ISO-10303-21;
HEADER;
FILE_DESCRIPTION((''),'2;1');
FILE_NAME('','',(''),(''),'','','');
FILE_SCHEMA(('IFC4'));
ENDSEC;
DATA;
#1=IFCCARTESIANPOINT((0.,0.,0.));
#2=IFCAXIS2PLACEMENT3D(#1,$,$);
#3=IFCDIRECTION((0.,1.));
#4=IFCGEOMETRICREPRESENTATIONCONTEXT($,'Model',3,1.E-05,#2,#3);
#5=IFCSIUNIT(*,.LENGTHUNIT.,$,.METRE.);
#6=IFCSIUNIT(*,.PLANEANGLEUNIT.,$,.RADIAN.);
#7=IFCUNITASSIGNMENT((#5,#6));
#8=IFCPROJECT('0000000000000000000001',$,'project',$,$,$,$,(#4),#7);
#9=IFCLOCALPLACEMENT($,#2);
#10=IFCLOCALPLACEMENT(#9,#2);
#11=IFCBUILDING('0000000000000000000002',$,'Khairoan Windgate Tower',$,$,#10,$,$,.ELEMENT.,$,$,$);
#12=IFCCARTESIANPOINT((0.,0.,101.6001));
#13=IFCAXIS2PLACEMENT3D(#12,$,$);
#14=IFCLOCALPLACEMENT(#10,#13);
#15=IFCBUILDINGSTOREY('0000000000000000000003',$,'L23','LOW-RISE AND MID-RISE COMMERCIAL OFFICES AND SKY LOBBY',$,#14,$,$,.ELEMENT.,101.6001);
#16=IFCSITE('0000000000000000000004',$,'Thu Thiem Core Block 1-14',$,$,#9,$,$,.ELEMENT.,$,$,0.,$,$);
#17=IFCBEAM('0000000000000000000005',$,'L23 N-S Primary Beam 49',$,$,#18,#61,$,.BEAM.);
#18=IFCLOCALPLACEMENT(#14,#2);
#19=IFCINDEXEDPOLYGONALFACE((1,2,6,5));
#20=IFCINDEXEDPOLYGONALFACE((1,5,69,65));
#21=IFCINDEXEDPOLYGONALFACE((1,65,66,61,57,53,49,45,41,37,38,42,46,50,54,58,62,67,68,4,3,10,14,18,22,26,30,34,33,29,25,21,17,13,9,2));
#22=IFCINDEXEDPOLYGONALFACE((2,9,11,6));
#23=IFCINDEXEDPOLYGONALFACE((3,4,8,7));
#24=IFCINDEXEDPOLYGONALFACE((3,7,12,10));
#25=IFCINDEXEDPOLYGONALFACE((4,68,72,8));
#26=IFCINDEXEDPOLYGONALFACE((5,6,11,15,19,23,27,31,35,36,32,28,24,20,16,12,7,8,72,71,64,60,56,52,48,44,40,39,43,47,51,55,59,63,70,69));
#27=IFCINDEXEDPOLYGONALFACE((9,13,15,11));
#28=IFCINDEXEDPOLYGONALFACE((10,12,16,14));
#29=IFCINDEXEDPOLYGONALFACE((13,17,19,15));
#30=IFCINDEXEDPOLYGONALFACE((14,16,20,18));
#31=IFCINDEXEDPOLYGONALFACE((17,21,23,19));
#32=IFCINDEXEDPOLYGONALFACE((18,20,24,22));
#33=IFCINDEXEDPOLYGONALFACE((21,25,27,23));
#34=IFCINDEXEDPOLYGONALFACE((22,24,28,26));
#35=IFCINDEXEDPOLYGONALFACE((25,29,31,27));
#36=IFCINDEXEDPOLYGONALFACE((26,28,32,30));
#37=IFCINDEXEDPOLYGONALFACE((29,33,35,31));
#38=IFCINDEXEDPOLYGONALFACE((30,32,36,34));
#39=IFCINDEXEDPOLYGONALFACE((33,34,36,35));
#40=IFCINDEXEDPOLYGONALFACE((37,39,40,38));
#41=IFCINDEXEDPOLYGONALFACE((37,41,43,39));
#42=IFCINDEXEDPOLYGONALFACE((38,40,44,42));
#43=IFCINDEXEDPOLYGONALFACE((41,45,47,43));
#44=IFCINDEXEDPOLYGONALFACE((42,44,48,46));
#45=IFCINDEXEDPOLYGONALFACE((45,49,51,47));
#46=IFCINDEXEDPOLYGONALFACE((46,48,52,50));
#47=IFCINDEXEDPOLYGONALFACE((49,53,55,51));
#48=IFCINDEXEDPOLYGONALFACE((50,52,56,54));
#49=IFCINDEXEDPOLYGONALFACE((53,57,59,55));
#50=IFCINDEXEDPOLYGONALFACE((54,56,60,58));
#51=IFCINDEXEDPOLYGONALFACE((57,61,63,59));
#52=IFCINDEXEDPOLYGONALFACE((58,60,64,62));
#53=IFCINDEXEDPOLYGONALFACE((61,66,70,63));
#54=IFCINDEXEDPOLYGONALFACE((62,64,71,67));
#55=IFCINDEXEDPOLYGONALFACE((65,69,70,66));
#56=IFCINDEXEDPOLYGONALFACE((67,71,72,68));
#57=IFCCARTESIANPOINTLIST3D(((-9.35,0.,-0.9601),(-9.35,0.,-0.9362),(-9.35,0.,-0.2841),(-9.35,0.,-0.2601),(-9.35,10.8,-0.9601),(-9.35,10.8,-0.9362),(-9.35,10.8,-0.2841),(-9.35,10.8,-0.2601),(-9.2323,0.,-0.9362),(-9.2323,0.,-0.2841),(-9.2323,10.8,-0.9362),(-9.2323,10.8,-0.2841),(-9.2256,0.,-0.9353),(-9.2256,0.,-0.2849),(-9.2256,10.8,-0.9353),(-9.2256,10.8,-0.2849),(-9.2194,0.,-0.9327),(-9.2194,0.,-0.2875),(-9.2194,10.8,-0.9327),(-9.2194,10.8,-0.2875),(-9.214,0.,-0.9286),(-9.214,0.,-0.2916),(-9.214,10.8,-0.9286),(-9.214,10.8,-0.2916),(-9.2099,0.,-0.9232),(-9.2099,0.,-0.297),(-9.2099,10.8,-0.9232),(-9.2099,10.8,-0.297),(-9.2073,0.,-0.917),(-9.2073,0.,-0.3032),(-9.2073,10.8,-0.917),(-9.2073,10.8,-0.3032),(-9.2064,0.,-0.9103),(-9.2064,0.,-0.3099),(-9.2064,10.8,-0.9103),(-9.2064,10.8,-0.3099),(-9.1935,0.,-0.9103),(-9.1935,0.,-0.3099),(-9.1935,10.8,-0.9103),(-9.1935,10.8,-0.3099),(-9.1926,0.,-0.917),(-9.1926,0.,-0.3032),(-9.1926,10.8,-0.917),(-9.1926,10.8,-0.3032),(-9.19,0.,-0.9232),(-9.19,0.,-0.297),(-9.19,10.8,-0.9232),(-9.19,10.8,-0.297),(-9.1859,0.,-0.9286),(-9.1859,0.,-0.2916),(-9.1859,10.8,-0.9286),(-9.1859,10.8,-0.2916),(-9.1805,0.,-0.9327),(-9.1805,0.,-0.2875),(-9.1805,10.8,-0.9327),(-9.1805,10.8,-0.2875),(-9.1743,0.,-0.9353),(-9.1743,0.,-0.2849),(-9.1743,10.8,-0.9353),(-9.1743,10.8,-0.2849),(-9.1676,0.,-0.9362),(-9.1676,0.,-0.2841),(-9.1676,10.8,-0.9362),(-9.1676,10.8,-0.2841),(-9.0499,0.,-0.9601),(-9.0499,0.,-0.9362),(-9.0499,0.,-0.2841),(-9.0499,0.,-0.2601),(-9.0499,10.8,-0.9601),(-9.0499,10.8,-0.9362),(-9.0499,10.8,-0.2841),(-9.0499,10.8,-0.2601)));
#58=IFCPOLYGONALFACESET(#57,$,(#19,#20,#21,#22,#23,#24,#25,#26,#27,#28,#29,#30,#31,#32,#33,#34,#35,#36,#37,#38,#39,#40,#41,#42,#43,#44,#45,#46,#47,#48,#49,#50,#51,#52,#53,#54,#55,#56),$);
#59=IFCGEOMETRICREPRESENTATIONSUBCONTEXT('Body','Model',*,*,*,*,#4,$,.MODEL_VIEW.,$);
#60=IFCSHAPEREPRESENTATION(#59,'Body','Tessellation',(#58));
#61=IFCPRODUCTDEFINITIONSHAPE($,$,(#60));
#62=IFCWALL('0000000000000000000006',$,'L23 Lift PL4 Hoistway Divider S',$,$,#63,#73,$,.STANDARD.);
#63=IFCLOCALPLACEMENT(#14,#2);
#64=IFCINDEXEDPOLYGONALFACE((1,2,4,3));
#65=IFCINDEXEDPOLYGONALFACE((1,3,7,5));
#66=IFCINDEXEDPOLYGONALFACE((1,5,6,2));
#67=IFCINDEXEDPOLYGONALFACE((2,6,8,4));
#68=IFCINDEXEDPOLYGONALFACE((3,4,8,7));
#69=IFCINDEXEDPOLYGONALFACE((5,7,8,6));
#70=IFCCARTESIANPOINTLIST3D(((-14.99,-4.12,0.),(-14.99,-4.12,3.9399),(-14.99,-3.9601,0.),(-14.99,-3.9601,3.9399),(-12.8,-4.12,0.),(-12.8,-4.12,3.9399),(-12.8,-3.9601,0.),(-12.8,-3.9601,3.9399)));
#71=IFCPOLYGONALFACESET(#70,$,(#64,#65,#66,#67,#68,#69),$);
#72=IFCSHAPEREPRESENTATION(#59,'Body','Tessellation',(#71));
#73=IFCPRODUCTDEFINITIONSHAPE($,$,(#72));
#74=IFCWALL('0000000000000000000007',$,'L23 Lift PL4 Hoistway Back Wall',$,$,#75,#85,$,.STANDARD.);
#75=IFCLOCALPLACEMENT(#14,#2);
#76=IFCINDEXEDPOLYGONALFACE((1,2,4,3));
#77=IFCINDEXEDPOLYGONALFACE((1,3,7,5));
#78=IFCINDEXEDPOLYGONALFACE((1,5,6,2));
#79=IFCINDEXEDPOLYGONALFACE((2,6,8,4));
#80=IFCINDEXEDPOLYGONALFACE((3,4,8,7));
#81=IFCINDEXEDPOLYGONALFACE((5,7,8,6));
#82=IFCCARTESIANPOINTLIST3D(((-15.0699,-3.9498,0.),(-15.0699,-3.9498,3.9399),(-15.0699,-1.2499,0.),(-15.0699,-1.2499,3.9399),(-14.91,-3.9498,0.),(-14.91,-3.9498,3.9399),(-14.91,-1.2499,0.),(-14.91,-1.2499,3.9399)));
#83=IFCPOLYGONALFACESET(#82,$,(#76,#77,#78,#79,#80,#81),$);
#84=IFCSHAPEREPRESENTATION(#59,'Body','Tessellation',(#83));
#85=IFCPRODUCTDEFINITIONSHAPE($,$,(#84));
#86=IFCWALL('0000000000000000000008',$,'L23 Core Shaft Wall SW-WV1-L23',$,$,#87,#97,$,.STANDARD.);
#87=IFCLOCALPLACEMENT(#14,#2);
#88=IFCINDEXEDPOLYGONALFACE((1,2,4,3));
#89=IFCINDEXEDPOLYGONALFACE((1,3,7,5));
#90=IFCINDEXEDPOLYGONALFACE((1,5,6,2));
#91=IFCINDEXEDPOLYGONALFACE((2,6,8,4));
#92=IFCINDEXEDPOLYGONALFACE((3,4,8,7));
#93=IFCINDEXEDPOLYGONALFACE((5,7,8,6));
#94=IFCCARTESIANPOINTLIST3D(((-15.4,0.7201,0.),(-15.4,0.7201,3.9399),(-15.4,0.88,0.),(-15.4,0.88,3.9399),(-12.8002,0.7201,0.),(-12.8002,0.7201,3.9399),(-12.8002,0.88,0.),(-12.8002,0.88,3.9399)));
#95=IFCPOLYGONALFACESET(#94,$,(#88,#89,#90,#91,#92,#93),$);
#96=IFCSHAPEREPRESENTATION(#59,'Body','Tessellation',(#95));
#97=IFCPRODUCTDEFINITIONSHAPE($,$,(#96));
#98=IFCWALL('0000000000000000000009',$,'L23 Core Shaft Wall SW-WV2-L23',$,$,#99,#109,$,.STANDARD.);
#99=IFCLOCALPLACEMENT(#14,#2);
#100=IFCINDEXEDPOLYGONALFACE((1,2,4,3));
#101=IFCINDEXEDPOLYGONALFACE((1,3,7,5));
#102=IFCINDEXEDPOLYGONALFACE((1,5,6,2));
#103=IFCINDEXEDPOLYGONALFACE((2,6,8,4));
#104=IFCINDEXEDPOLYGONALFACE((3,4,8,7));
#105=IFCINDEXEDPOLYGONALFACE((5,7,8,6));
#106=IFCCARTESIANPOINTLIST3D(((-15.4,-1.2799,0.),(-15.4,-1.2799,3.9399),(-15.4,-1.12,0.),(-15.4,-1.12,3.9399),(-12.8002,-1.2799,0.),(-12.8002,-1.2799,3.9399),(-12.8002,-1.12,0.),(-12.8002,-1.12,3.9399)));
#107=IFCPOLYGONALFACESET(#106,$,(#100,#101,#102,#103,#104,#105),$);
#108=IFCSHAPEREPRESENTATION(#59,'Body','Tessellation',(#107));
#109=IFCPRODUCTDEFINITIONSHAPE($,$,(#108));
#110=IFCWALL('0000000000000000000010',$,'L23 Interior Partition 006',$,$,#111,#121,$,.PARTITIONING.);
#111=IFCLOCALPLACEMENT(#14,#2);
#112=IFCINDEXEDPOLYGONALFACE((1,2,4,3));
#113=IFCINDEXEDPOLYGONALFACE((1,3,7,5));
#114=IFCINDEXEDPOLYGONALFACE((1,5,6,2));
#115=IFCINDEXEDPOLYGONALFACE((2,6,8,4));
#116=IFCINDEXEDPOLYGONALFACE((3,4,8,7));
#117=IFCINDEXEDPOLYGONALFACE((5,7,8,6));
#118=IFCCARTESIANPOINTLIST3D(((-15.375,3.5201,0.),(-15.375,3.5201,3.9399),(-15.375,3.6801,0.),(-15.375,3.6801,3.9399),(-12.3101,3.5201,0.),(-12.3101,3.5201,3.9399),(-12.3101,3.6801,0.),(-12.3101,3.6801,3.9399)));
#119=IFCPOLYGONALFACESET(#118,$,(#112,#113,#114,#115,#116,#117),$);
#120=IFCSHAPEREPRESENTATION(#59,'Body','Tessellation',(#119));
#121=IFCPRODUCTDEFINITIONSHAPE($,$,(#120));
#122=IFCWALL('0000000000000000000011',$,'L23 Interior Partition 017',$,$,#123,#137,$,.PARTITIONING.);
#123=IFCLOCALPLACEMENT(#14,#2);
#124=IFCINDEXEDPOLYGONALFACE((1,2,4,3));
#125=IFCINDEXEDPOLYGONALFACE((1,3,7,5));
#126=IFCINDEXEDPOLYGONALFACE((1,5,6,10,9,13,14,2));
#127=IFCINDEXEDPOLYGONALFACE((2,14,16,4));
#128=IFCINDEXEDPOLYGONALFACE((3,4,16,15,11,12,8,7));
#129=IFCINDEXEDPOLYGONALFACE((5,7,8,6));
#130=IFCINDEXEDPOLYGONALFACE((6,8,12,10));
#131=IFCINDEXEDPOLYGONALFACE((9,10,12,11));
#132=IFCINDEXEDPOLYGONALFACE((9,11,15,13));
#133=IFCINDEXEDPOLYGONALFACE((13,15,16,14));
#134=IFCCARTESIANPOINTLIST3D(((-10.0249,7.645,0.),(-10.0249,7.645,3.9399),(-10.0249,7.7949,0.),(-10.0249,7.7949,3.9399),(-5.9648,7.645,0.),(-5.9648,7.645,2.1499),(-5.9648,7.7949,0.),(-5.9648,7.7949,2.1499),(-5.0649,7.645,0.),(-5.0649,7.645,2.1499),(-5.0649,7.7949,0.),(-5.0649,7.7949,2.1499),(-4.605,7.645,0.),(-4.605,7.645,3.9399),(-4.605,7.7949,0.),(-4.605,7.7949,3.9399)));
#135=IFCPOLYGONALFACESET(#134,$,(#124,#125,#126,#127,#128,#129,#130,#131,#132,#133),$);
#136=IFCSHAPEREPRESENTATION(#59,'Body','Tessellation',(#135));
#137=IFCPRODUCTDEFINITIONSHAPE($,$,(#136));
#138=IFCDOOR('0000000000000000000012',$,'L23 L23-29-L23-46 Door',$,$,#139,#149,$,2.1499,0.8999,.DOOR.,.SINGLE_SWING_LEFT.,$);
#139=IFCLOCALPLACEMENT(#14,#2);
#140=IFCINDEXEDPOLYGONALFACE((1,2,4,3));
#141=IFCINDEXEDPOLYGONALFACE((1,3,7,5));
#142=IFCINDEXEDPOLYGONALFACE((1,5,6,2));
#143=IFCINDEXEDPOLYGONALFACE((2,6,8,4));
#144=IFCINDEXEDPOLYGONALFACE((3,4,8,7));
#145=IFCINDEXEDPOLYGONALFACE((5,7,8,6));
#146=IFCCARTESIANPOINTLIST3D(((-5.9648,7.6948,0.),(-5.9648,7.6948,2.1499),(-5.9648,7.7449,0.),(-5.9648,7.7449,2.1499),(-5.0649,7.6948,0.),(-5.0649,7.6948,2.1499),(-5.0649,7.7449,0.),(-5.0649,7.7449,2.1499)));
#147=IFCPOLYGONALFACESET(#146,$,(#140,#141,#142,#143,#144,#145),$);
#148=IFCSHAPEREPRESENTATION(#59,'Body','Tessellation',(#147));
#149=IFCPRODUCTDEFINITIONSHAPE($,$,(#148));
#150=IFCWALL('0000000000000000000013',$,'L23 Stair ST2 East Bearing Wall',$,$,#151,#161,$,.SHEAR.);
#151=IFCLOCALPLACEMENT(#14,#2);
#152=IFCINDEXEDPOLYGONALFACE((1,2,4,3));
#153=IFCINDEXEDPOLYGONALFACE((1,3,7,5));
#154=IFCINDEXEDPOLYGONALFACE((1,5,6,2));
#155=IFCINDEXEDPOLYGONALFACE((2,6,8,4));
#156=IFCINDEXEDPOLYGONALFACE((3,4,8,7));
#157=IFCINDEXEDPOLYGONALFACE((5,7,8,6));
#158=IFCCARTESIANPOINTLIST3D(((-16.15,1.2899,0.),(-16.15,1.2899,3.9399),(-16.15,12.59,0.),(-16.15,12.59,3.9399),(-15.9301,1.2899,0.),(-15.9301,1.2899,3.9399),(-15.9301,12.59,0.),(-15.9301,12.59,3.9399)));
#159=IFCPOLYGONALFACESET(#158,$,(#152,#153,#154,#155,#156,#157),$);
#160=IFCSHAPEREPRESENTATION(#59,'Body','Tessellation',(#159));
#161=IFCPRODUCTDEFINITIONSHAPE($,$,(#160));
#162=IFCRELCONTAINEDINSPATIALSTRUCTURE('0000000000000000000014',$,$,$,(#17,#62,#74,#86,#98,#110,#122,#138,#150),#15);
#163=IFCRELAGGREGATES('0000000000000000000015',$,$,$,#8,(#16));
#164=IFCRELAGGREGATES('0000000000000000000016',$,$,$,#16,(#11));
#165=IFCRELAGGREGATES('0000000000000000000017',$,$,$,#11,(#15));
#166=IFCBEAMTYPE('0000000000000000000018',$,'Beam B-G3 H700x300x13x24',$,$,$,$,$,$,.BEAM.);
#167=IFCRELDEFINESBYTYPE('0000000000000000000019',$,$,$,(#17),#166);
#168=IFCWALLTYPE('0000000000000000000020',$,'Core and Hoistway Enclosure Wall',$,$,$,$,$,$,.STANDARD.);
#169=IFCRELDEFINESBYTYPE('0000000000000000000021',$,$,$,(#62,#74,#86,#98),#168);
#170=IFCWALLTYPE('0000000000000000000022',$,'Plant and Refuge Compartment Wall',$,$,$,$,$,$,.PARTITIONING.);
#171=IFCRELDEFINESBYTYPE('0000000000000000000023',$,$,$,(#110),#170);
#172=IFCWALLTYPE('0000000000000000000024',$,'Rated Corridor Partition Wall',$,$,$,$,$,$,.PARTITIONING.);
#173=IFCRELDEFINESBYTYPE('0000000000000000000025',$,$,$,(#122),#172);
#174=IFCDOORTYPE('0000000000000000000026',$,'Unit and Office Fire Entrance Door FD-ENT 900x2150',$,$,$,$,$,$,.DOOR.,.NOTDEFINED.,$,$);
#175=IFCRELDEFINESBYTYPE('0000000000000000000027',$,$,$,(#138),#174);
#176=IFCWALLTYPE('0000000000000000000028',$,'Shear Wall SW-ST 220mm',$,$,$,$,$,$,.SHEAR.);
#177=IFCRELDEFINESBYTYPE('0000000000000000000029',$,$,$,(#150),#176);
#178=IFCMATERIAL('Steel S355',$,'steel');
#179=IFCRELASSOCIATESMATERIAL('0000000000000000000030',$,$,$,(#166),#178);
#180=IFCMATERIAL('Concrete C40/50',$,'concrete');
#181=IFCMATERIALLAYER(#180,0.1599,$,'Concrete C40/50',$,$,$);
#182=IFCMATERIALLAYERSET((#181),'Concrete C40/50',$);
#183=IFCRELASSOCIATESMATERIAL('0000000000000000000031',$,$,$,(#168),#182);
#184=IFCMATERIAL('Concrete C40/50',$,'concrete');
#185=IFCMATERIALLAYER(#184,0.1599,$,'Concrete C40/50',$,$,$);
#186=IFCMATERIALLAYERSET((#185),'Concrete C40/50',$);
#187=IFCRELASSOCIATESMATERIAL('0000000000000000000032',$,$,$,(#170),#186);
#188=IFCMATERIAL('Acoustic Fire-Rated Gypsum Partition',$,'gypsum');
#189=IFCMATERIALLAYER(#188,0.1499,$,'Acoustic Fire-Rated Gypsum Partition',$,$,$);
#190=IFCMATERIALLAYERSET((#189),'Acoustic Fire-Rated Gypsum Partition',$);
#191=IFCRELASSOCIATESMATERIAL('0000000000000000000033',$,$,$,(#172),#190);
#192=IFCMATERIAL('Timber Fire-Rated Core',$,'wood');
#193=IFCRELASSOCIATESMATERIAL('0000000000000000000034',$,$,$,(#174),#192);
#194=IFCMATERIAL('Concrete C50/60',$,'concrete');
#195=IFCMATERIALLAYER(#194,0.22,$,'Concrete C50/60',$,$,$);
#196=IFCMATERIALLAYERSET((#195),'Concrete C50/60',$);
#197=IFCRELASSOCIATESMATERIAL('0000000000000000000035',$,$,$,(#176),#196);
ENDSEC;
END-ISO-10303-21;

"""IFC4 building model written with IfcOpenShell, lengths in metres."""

from ifc_helpers import new_model, si_unit, direction, frame, frame_2d, origin, origin_2d, place, context, subcontext, project, spatial, rectangle, i_section, extrude, material, layer, layer_set, material_profile, profile_set, type_object, element, fill, save


model = new_model("IFC4")

# Units and contexts
model_context = context("Model", 3, precision=1e-05, world=origin(), true_north=direction((0.0, 1.0)))
body_context = subcontext(model_context, "Body", "Model", "MODEL_VIEW")
ifc_project = project(units=[si_unit("LENGTHUNIT", "METRE"), si_unit("PLANEANGLEUNIT", "RADIAN")], contexts=[model_context])

# Site, building, storey
site_placement = place(None, origin())
site = spatial("IfcSite", under=ifc_project, at=site_placement, Name="Thu Thiem Core Block 1-14", CompositionType="ELEMENT", RefElevation=0.0)
building_placement = place(site_placement, origin())
building = spatial("IfcBuilding", under=site, at=building_placement, Name="Khairoan Windgate Tower", CompositionType="ELEMENT")
storey_placement = place(building_placement, frame((0.0, 0.0, 101.6001)))
storey = spatial("IfcBuildingStorey", under=building, at=storey_placement, Name="L23", Description="LOW-RISE AND MID-RISE COMMERCIAL OFFICES AND SKY LOBBY", CompositionType="ELEMENT", Elevation=101.6001)

# Beam
ifc_material_1 = material(Name="Steel S355", Category="steel")
ifc_material_profile_1 = material_profile(ifc_material_1, i_section(OverallWidth=0.3, OverallDepth=0.7, WebThickness=0.0129, FlangeThickness=0.0239, FilletRadius=0.0259, at=origin_2d()))
ifc_profile_set_1 = profile_set([ifc_material_profile_1], Name="Steel S355")
beam_type = type_object("IfcBeamType", Name="Beam B-G3 H700x300x13x24", PredefinedType="BEAM", material=ifc_profile_set_1)
for number, where, z_axis, x_axis, name in (
    (1, (-9.2, 0.0, -0.6101), (0.0, 1.0, 0.0), (-1.0, 0.0, 0.0), "L23 N-S Primary Beam 49"),
):
    element("IfcBeam", number, at=place(storey_placement, frame(where, z_axis=z_axis, x_axis=x_axis)), inside=storey, type_object=beam_type, Name=name, PredefinedType="BEAM", context=body_context, shape_type="SweptSolid", body=[
        extrude(i_section(OverallWidth=0.3, OverallDepth=0.7, WebThickness=0.0129, FlangeThickness=0.0239, FilletRadius=0.0259, at=origin_2d()), origin(), (0.0, 0.0, 1.0), 10.8),
    ])

# Walls
ifc_material_2 = material(Name="Concrete C40/50", Category="concrete")
ifc_layer_1 = layer(ifc_material_2, 0.1599, Name="Concrete C40/50")
ifc_layer_set_1 = layer_set([ifc_layer_1], Name="Concrete C40/50")
wall_type_1 = type_object("IfcWallType", Name="Core and Hoistway Enclosure Wall", PredefinedType="STANDARD", material=ifc_layer_set_1)
wall_1_placement = place(storey_placement, frame((-14.99, -4.04, 0.0), z_axis=(0.0, 0.0, 1.0), x_axis=(1.0, 0.0, 0.0)))
element("IfcWall", 2, at=wall_1_placement, inside=storey, type_object=wall_type_1, Name="L23 Lift PL4 Hoistway Divider S", PredefinedType="STANDARD", context=body_context, shape_type="SweptSolid", body=[
    extrude(rectangle(XDim=2.1899, YDim=0.1599, at=frame_2d((1.095, 0.0))), origin(), (0.0, 0.0, 1.0), 3.9399),
])
wall_2_placement = place(storey_placement, frame((-14.99, -3.95, 0.0), z_axis=(0.0, 0.0, 1.0), x_axis=(0.0, 1.0, 0.0)))
element("IfcWall", 3, at=wall_2_placement, inside=storey, type_object=wall_type_1, Name="L23 Lift PL4 Hoistway Back Wall", PredefinedType="STANDARD", context=body_context, shape_type="SweptSolid", body=[
    extrude(rectangle(XDim=2.7, YDim=0.1599, at=frame_2d((1.3501, 0.0))), origin(), (0.0, 0.0, 1.0), 3.9399),
])
for number, where, z_axis, x_axis, name in (
    (4, (-15.3999, 0.8, 0.0), (0.0, 0.0, 1.0), (1.0, 0.0, 0.0), "L23 Core Shaft Wall SW-WV1-L23"),
    (5, (-15.3999, -1.2, 0.0), (0.0, 0.0, 1.0), (1.0, 0.0, 0.0), "L23 Core Shaft Wall SW-WV2-L23"),
):
    element("IfcWall", number, at=place(storey_placement, frame(where, z_axis=z_axis, x_axis=x_axis)), inside=storey, type_object=wall_type_1, Name=name, PredefinedType="STANDARD", context=body_context, shape_type="SweptSolid", body=[
        extrude(rectangle(XDim=2.5999, YDim=0.1599, at=frame_2d((1.2998, 0.0))), origin(), (0.0, 0.0, 1.0), 3.9399),
    ])
ifc_material_3 = material(Name="Concrete C40/50", Category="concrete")
ifc_layer_2 = layer(ifc_material_3, 0.1599, Name="Concrete C40/50")
ifc_layer_set_2 = layer_set([ifc_layer_2], Name="Concrete C40/50")
wall_type_2 = type_object("IfcWallType", Name="Plant and Refuge Compartment Wall", PredefinedType="PARTITIONING", material=ifc_layer_set_2)
wall_3_placement = place(storey_placement, frame((-15.375, 3.6001, 0.0), z_axis=(0.0, 0.0, 1.0), x_axis=(1.0, 0.0, 0.0)))
element("IfcWall", 6, at=wall_3_placement, inside=storey, type_object=wall_type_2, Name="L23 Interior Partition 006", PredefinedType="PARTITIONING", context=body_context, shape_type="SweptSolid", body=[
    extrude(rectangle(XDim=3.0649, YDim=0.1599, at=frame_2d((1.5325, 0.0))), origin(), (0.0, 0.0, 1.0), 3.9399),
])

# Wall, opening, door
ifc_material_4 = material(Name="Acoustic Fire-Rated Gypsum Partition", Category="gypsum")
ifc_layer_3 = layer(ifc_material_4, 0.1499, Name="Acoustic Fire-Rated Gypsum Partition")
ifc_layer_set_3 = layer_set([ifc_layer_3], Name="Acoustic Fire-Rated Gypsum Partition")
wall_type_3 = type_object("IfcWallType", Name="Rated Corridor Partition Wall", PredefinedType="PARTITIONING", material=ifc_layer_set_3)
wall_4_placement = place(storey_placement, frame((-10.0249, 7.72, 0.0), z_axis=(0.0, 0.0, 1.0), x_axis=(1.0, 0.0, 0.0)))
wall_4 = element("IfcWall", 7, at=wall_4_placement, inside=storey, type_object=wall_type_3, Name="L23 Interior Partition 017", PredefinedType="PARTITIONING", context=body_context, shape_type="SweptSolid", body=[
    extrude(rectangle(XDim=5.4199, YDim=0.1499, at=frame_2d((2.71, 0.0))), origin(), (0.0, 0.0, 1.0), 3.9399),
])
opening_placement = place(wall_4_placement, frame((4.0601, 0.0, 0.0)))
opening = element("IfcOpeningElement", 8, at=opening_placement, cuts=wall_4, PredefinedType="OPENING", context=body_context, shape_type="SweptSolid", body=[
    extrude(rectangle(XDim=0.8999, YDim=2.1499, at=frame_2d((0.45, 1.075))), frame((0.0, 0.085, 0.0), z_axis=(0.0, -1.0, 0.0), x_axis=(1.0, 0.0, 0.0)), (0.0, 0.0, 1.0), 0.1699),
])
ifc_material_5 = material(Name="Timber Fire-Rated Core", Category="wood")
door_type = type_object("IfcDoorType", Name="Unit and Office Fire Entrance Door FD-ENT 900x2150", OperationType="NOTDEFINED", PredefinedType="DOOR", material=ifc_material_5)
door_placement = place(opening_placement, origin())
door = element("IfcDoor", 9, at=door_placement, inside=storey, type_object=door_type, Name="L23 L23-29-L23-46 Door", OperationType="SINGLE_SWING_LEFT", OverallHeight=2.1499, OverallWidth=0.8999, PredefinedType="DOOR", context=body_context, shape_type="SweptSolid", body=[
    extrude(rectangle(XDim=0.8999, YDim=2.1499, at=frame_2d((0.45, 1.075))), frame((0.0, 0.0249, 0.0), z_axis=(0.0, -1.0, 0.0), x_axis=(1.0, 0.0, 0.0)), (0.0, 0.0, 1.0), 0.05),
])
fill(opening, door)

# Wall
ifc_material_6 = material(Name="Concrete C50/60", Category="concrete")
ifc_layer_4 = layer(ifc_material_6, 0.22, Name="Concrete C50/60")
ifc_layer_set_4 = layer_set([ifc_layer_4], Name="Concrete C50/60")
wall_type_4 = type_object("IfcWallType", Name="Shear Wall SW-ST 220mm", PredefinedType="SHEAR", material=ifc_layer_set_4)
wall_5_placement = place(storey_placement, frame((-16.04, 1.29, 0.0), z_axis=(0.0, 0.0, 1.0), x_axis=(0.0, 1.0, 0.0)))
element("IfcWall", 10, at=wall_5_placement, inside=storey, type_object=wall_type_4, Name="L23 Stair ST2 East Bearing Wall", PredefinedType="SHEAR", context=body_context, shape_type="SweptSolid", body=[
    extrude(rectangle(XDim=11.3, YDim=0.22, at=frame_2d((5.6499, 0.0))), origin(), (0.0, 0.0, 1.0), 3.9399),
])

save(model, "model.ifc")
